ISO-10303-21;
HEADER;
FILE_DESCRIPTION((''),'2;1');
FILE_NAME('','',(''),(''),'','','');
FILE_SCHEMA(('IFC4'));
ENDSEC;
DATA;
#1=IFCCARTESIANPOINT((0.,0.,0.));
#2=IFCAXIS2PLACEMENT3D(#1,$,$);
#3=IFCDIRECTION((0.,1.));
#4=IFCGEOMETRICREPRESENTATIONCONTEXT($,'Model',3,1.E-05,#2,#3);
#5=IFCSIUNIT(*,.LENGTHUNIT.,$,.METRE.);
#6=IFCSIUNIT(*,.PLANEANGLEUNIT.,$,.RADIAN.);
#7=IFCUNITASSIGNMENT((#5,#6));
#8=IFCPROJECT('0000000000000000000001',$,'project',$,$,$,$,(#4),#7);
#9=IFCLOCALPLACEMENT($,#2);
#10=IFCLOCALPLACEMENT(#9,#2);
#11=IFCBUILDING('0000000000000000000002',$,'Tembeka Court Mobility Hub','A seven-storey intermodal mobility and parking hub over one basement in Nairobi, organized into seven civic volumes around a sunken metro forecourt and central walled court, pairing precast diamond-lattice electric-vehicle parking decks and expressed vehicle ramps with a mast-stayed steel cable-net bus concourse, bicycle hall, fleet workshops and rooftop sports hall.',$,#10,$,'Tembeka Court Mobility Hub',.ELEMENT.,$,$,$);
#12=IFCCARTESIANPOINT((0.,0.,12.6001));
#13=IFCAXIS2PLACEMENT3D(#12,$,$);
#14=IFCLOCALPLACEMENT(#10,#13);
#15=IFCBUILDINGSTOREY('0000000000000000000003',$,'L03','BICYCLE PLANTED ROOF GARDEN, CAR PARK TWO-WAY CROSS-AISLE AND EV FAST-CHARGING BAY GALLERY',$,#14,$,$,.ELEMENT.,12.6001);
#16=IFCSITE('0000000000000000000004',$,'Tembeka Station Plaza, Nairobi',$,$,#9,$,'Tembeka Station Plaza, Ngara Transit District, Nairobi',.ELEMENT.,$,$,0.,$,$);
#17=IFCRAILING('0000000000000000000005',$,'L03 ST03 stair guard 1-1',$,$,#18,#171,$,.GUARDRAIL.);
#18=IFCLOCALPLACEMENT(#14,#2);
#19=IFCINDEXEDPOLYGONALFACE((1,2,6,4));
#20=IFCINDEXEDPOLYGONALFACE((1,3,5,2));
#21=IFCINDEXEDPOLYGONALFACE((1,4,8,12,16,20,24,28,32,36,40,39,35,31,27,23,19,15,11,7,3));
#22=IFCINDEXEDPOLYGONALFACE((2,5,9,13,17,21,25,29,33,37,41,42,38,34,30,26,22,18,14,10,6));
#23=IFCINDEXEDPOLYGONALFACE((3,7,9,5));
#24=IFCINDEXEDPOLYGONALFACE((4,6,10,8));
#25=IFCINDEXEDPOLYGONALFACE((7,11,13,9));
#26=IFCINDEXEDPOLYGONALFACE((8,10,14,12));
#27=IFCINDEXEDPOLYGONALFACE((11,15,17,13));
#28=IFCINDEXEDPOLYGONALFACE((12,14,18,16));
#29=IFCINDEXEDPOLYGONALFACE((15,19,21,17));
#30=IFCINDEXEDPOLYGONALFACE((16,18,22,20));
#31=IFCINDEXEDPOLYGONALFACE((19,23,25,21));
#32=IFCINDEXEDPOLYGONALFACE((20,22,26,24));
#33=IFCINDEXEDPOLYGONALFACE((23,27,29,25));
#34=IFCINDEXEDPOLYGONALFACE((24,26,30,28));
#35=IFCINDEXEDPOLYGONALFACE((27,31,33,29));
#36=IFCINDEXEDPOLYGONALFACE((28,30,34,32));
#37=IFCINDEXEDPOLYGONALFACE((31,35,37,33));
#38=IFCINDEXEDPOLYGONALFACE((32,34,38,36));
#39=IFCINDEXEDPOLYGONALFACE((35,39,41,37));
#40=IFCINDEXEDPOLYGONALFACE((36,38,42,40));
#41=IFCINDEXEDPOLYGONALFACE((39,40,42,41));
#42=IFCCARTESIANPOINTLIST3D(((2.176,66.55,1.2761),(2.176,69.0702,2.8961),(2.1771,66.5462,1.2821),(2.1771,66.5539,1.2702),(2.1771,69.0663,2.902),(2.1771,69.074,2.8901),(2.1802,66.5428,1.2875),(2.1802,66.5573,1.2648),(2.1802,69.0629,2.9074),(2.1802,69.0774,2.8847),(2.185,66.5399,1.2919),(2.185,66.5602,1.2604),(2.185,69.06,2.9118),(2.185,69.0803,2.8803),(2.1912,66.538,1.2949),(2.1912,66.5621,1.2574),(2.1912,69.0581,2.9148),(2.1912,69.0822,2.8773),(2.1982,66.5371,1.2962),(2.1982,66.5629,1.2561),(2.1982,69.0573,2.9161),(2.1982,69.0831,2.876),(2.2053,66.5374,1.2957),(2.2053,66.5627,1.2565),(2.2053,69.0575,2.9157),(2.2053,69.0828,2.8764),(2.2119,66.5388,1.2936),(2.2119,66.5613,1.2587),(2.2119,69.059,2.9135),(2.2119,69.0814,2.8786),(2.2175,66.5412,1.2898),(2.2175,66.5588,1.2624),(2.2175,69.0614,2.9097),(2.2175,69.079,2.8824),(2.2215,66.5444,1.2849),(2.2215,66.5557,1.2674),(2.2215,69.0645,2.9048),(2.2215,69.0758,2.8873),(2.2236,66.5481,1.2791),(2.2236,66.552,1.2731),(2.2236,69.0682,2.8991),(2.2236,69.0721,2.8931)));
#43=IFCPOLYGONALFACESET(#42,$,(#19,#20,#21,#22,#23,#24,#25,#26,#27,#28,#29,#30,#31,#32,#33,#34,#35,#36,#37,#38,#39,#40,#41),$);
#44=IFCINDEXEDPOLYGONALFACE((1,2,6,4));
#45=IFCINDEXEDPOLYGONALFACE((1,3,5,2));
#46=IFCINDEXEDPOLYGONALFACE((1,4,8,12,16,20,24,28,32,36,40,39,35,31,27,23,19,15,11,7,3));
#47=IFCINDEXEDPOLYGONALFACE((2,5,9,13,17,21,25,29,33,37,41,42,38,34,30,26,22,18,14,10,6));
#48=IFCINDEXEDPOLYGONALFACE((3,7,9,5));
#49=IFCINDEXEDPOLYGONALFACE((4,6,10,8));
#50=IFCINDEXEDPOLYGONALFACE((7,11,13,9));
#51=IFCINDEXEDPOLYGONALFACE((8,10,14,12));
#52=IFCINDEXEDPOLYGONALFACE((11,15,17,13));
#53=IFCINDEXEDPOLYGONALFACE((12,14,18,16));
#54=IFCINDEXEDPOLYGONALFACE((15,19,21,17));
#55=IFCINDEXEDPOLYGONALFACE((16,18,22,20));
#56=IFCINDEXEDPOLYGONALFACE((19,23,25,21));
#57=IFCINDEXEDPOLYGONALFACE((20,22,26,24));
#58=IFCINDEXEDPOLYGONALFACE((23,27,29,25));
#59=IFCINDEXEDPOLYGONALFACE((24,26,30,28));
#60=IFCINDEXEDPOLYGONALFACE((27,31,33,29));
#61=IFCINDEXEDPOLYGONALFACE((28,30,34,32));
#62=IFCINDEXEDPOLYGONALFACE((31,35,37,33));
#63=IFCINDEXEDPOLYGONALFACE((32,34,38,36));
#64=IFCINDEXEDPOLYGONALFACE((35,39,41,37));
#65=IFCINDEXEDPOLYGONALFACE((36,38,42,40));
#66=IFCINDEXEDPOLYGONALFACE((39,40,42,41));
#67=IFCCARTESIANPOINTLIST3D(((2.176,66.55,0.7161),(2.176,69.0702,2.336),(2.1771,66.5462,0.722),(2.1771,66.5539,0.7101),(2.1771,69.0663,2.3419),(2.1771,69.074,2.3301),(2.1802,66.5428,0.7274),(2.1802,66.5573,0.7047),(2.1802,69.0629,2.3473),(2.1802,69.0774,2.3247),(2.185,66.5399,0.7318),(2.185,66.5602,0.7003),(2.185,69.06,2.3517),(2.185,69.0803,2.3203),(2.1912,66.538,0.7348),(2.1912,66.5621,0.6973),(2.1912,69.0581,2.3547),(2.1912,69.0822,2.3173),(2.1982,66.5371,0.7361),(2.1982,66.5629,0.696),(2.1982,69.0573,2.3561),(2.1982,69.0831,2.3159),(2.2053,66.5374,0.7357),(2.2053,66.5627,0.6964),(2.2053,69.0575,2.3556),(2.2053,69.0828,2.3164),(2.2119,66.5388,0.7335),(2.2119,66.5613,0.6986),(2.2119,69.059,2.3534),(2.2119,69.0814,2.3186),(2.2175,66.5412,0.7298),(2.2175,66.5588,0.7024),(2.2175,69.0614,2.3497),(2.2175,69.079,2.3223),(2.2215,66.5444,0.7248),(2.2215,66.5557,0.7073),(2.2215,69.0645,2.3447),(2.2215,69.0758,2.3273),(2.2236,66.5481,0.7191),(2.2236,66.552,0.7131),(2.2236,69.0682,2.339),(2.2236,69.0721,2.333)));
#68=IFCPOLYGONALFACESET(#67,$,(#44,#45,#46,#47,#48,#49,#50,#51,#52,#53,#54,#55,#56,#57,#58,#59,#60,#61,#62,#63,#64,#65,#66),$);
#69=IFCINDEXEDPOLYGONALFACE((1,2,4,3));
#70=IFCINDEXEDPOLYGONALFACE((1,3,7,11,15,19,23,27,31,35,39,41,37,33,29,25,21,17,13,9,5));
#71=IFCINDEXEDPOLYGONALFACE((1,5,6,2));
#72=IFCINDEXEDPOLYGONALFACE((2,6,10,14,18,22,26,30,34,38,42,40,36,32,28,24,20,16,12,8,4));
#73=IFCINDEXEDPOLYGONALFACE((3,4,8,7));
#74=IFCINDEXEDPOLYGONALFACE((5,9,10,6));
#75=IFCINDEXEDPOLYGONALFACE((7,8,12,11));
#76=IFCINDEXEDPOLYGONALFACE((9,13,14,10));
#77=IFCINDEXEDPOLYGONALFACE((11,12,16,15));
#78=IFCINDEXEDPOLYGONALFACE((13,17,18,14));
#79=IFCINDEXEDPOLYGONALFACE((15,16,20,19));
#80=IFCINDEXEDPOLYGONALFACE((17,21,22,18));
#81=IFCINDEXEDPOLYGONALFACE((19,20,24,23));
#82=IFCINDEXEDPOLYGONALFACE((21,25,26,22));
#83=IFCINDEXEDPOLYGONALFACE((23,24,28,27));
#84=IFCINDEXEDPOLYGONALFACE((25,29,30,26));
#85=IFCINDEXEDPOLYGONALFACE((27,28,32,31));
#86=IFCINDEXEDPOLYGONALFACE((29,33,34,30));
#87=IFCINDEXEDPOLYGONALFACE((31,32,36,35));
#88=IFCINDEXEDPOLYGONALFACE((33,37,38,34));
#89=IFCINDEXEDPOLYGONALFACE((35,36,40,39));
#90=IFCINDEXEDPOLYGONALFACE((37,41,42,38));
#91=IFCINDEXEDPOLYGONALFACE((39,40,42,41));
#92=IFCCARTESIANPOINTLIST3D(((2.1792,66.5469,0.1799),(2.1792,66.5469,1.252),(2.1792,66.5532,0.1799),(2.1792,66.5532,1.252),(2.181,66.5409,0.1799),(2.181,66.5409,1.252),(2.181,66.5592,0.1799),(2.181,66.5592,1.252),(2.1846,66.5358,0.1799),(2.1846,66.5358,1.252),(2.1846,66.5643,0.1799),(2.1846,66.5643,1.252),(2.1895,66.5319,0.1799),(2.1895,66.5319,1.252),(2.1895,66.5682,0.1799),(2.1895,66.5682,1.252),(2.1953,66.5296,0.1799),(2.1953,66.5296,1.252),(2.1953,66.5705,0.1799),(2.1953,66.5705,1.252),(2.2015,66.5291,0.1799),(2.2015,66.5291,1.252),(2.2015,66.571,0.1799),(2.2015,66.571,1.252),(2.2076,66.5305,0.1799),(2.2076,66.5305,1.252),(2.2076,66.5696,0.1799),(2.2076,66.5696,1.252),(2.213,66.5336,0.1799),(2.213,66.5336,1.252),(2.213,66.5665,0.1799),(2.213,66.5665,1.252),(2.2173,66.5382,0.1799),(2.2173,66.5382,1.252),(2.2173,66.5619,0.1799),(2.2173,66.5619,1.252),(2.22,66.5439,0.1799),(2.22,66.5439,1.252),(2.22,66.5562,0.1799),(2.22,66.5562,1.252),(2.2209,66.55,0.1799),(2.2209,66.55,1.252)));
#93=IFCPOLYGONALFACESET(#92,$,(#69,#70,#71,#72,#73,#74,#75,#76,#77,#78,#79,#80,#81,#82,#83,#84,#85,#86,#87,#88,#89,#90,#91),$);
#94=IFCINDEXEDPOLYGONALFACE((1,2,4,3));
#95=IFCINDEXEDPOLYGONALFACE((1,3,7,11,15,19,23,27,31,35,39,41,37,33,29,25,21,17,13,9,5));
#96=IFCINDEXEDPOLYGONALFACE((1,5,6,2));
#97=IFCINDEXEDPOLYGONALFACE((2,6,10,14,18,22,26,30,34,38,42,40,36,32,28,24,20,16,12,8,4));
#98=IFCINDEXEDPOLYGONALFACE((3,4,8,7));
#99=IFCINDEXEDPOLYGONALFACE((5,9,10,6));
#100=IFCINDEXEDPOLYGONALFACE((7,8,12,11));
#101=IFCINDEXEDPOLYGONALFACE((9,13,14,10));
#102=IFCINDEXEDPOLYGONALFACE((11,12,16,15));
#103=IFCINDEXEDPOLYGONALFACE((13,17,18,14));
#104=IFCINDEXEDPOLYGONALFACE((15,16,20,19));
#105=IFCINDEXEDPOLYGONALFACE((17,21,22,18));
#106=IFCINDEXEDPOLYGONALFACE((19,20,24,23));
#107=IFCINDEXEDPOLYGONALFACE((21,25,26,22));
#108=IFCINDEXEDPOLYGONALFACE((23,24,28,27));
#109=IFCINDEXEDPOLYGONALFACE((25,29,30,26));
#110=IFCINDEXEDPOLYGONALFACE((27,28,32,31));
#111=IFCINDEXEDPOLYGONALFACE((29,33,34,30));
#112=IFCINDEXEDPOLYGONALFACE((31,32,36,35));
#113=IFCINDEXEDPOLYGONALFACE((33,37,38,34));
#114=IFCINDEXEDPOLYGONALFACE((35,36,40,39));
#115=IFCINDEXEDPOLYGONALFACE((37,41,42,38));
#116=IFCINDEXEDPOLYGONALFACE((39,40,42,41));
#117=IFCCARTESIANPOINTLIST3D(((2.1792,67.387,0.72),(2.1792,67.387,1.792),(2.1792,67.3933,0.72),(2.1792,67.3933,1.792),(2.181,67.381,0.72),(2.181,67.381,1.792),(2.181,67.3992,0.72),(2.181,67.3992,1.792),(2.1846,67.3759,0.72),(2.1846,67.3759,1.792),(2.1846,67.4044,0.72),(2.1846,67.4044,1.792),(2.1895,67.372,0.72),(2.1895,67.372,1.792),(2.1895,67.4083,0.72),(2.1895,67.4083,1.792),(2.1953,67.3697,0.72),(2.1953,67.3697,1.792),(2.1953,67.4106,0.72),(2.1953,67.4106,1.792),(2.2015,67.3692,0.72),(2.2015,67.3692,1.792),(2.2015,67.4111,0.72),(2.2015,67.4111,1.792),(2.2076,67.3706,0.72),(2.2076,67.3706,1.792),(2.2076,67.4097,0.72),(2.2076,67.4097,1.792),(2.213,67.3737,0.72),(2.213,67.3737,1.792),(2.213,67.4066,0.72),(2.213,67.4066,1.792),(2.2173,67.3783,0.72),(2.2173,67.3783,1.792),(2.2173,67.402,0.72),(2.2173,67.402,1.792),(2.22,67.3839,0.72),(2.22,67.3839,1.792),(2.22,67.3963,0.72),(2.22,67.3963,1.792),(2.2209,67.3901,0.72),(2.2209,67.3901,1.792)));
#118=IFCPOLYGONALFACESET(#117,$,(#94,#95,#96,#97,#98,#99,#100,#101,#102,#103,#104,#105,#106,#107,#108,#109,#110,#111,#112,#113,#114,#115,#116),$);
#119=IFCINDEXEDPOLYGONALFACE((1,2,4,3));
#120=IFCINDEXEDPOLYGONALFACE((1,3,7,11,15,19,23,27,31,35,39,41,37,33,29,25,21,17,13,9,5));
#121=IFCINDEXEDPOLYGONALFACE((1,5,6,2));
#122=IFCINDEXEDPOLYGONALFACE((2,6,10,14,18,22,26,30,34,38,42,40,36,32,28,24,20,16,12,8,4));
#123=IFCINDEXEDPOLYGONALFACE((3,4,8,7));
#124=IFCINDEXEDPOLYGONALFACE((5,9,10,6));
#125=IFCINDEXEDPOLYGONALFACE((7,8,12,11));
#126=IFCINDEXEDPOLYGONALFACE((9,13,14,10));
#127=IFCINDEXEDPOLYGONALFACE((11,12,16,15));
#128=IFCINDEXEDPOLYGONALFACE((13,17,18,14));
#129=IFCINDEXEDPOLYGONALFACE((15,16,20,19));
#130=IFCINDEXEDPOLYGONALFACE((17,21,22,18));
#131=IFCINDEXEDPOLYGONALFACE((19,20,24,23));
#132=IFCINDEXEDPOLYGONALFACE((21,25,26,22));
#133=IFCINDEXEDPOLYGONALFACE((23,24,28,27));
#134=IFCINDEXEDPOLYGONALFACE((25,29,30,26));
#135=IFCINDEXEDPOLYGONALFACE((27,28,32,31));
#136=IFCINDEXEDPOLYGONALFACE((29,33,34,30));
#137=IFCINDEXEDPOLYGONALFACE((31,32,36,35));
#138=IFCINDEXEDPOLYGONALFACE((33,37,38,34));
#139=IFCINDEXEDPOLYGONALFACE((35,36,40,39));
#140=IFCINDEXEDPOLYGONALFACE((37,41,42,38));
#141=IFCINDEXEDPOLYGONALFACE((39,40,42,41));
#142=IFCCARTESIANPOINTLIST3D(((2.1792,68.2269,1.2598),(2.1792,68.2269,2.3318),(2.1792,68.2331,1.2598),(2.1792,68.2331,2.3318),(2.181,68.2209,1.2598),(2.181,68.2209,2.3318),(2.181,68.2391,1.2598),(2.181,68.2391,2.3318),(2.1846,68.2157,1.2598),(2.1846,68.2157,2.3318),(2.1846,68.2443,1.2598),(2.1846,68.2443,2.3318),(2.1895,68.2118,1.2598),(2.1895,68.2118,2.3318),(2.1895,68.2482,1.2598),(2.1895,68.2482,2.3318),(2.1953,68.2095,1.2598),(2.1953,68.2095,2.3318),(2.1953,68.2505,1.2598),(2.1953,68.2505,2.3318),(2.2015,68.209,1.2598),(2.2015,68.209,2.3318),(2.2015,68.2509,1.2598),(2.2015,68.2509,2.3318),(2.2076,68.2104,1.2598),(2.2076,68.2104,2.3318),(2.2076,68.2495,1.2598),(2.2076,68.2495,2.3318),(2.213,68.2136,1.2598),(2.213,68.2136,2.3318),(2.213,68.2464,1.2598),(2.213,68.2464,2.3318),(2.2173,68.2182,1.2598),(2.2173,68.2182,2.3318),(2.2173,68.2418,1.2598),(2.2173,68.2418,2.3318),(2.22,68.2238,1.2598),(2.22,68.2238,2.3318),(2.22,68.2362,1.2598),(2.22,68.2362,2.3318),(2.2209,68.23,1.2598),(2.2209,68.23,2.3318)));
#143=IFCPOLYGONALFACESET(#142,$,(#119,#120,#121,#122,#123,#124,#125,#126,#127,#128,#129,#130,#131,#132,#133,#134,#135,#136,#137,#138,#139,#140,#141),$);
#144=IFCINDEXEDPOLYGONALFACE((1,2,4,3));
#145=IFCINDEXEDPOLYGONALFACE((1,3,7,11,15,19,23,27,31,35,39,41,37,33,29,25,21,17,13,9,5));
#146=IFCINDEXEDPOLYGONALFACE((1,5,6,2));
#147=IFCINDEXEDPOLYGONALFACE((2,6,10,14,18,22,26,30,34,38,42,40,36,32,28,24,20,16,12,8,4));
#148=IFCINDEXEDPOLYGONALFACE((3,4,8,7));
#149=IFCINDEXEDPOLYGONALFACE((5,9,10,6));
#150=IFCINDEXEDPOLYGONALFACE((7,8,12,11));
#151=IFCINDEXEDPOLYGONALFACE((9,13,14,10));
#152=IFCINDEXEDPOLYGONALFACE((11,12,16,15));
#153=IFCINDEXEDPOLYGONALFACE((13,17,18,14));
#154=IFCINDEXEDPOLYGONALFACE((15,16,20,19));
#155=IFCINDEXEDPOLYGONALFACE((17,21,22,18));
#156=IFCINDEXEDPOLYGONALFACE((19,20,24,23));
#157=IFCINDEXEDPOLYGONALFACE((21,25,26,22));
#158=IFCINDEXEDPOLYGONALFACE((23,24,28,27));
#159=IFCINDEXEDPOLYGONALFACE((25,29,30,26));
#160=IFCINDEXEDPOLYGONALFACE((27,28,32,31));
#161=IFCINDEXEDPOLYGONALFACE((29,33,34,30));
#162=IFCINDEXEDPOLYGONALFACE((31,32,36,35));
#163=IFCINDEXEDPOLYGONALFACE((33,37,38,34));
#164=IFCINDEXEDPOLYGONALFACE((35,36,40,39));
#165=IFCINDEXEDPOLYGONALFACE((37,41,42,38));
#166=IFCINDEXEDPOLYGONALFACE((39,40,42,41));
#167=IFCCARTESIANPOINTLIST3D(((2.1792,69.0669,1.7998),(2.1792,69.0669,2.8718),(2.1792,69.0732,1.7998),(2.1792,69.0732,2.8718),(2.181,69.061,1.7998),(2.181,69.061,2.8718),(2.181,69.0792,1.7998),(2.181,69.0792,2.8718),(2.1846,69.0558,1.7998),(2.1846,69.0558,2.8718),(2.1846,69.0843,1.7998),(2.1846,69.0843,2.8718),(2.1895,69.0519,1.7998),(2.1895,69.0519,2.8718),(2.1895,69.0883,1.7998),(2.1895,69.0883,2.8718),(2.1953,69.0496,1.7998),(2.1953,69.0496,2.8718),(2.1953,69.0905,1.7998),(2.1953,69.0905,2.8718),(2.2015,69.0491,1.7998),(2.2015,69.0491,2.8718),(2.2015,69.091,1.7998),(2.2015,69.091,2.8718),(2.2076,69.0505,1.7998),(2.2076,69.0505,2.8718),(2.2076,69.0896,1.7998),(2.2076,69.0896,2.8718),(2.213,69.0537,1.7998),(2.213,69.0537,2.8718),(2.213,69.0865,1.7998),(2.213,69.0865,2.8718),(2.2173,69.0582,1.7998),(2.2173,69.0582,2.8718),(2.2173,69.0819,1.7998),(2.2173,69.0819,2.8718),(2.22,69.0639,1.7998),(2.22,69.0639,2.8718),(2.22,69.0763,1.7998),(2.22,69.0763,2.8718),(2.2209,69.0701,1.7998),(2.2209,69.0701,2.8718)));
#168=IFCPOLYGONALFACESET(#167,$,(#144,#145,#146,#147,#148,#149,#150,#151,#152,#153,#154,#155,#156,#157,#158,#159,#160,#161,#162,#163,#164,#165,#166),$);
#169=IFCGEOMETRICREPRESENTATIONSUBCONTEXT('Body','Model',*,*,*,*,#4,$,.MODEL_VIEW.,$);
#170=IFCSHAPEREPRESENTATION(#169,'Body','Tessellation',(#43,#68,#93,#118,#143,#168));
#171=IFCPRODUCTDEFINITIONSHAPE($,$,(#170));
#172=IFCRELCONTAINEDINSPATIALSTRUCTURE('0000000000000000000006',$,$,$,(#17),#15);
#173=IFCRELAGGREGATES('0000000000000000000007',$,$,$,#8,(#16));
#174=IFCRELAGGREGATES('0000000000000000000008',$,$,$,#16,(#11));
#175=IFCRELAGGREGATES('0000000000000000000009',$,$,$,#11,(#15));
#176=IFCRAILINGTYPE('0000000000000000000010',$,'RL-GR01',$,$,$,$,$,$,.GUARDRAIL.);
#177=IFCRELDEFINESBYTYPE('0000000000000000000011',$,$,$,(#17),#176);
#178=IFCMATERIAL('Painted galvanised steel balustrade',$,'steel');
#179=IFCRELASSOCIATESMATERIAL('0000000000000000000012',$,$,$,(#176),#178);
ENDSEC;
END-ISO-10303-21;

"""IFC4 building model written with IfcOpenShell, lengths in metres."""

from ifc_helpers import new_model, si_unit, direction, frame, origin, origin_2d, place, context, subcontext, project, spatial, circle, extrude, material, type_object, element, save


model = new_model("IFC4")

# Units and contexts
model_context = context("Model", 3, precision=1e-05, world=origin(), true_north=direction((0.0, 1.0)))
body_context = subcontext(model_context, "Body", "Model", "MODEL_VIEW")
ifc_project = project(units=[si_unit("LENGTHUNIT", "METRE"), si_unit("PLANEANGLEUNIT", "RADIAN")], contexts=[model_context])

# Site, building, storey
site_placement = place(None, origin())
site = spatial("IfcSite", under=ifc_project, at=site_placement, Name="Tembeka Station Plaza, Nairobi", LongName="Tembeka Station Plaza, Ngara Transit District, Nairobi", CompositionType="ELEMENT", RefElevation=0.0)
building_placement = place(site_placement, origin())
building = spatial("IfcBuilding", under=site, at=building_placement, Name="Tembeka Court Mobility Hub", Description="A seven-storey intermodal mobility and parking hub over one basement in Nairobi, organized into seven civic volumes around a sunken metro forecourt and central walled court, pairing precast diamond-lattice electric-vehicle parking decks and expressed vehicle ramps with a mast-stayed steel cable-net bus concourse, bicycle hall, fleet workshops and rooftop sports hall.", LongName="Tembeka Court Mobility Hub", CompositionType="ELEMENT")
storey_placement = place(building_placement, frame((0.0, 0.0, 12.6001)))
storey = spatial("IfcBuildingStorey", under=building, at=storey_placement, Name="L03", Description="BICYCLE PLANTED ROOF GARDEN, CAR PARK TWO-WAY CROSS-AISLE AND EV FAST-CHARGING BAY GALLERY", CompositionType="ELEMENT", Elevation=12.6001)

# Railing
ifc_material_1 = material(Name="Painted galvanised steel balustrade", Category="steel")
railing_type_1 = type_object("IfcRailingType", Name="RL-GR01", PredefinedType="GUARDRAIL", material=ifc_material_1)
railing_1_placement = place(storey_placement, frame((2.2, 66.55, 0.1799)))
element("IfcRailing", 1, at=railing_1_placement, inside=storey, type_object=railing_type_1, Name="L03 ST03 stair guard 1-1", PredefinedType="GUARDRAIL", context=body_context, shape_type="SweptSolid", body=[
    extrude(circle(Radius=0.0239, at=origin_2d()), frame((0.0, 0.0, 1.0962), z_axis=(0.0, 0.8412, 0.540725), x_axis=(-1.0, 0.0, 0.0)), (0.0, 0.0, 1.0), 2.9958),
    extrude(circle(Radius=0.0239, at=origin_2d()), frame((0.0, 0.0, 0.5361), z_axis=(0.0, 0.8412, 0.540725), x_axis=(-1.0, 0.0, 0.0)), (0.0, 0.0, 1.0), 2.9958),
    extrude(circle(Radius=0.021, at=origin_2d()), origin(), (0.0, 0.0, 1.0), 1.072),
    extrude(circle(Radius=0.021, at=origin_2d()), frame((0.0, 0.8401, 0.54)), (0.0, 0.0, 1.0), 1.072),
    extrude(circle(Radius=0.021, at=origin_2d()), frame((0.0, 1.6799, 1.0798)), (0.0, 0.0, 1.0), 1.072),
    extrude(circle(Radius=0.021, at=origin_2d()), frame((0.0, 2.52, 1.6199)), (0.0, 0.0, 1.0), 1.072),
])

save(model, "model.ifc")
